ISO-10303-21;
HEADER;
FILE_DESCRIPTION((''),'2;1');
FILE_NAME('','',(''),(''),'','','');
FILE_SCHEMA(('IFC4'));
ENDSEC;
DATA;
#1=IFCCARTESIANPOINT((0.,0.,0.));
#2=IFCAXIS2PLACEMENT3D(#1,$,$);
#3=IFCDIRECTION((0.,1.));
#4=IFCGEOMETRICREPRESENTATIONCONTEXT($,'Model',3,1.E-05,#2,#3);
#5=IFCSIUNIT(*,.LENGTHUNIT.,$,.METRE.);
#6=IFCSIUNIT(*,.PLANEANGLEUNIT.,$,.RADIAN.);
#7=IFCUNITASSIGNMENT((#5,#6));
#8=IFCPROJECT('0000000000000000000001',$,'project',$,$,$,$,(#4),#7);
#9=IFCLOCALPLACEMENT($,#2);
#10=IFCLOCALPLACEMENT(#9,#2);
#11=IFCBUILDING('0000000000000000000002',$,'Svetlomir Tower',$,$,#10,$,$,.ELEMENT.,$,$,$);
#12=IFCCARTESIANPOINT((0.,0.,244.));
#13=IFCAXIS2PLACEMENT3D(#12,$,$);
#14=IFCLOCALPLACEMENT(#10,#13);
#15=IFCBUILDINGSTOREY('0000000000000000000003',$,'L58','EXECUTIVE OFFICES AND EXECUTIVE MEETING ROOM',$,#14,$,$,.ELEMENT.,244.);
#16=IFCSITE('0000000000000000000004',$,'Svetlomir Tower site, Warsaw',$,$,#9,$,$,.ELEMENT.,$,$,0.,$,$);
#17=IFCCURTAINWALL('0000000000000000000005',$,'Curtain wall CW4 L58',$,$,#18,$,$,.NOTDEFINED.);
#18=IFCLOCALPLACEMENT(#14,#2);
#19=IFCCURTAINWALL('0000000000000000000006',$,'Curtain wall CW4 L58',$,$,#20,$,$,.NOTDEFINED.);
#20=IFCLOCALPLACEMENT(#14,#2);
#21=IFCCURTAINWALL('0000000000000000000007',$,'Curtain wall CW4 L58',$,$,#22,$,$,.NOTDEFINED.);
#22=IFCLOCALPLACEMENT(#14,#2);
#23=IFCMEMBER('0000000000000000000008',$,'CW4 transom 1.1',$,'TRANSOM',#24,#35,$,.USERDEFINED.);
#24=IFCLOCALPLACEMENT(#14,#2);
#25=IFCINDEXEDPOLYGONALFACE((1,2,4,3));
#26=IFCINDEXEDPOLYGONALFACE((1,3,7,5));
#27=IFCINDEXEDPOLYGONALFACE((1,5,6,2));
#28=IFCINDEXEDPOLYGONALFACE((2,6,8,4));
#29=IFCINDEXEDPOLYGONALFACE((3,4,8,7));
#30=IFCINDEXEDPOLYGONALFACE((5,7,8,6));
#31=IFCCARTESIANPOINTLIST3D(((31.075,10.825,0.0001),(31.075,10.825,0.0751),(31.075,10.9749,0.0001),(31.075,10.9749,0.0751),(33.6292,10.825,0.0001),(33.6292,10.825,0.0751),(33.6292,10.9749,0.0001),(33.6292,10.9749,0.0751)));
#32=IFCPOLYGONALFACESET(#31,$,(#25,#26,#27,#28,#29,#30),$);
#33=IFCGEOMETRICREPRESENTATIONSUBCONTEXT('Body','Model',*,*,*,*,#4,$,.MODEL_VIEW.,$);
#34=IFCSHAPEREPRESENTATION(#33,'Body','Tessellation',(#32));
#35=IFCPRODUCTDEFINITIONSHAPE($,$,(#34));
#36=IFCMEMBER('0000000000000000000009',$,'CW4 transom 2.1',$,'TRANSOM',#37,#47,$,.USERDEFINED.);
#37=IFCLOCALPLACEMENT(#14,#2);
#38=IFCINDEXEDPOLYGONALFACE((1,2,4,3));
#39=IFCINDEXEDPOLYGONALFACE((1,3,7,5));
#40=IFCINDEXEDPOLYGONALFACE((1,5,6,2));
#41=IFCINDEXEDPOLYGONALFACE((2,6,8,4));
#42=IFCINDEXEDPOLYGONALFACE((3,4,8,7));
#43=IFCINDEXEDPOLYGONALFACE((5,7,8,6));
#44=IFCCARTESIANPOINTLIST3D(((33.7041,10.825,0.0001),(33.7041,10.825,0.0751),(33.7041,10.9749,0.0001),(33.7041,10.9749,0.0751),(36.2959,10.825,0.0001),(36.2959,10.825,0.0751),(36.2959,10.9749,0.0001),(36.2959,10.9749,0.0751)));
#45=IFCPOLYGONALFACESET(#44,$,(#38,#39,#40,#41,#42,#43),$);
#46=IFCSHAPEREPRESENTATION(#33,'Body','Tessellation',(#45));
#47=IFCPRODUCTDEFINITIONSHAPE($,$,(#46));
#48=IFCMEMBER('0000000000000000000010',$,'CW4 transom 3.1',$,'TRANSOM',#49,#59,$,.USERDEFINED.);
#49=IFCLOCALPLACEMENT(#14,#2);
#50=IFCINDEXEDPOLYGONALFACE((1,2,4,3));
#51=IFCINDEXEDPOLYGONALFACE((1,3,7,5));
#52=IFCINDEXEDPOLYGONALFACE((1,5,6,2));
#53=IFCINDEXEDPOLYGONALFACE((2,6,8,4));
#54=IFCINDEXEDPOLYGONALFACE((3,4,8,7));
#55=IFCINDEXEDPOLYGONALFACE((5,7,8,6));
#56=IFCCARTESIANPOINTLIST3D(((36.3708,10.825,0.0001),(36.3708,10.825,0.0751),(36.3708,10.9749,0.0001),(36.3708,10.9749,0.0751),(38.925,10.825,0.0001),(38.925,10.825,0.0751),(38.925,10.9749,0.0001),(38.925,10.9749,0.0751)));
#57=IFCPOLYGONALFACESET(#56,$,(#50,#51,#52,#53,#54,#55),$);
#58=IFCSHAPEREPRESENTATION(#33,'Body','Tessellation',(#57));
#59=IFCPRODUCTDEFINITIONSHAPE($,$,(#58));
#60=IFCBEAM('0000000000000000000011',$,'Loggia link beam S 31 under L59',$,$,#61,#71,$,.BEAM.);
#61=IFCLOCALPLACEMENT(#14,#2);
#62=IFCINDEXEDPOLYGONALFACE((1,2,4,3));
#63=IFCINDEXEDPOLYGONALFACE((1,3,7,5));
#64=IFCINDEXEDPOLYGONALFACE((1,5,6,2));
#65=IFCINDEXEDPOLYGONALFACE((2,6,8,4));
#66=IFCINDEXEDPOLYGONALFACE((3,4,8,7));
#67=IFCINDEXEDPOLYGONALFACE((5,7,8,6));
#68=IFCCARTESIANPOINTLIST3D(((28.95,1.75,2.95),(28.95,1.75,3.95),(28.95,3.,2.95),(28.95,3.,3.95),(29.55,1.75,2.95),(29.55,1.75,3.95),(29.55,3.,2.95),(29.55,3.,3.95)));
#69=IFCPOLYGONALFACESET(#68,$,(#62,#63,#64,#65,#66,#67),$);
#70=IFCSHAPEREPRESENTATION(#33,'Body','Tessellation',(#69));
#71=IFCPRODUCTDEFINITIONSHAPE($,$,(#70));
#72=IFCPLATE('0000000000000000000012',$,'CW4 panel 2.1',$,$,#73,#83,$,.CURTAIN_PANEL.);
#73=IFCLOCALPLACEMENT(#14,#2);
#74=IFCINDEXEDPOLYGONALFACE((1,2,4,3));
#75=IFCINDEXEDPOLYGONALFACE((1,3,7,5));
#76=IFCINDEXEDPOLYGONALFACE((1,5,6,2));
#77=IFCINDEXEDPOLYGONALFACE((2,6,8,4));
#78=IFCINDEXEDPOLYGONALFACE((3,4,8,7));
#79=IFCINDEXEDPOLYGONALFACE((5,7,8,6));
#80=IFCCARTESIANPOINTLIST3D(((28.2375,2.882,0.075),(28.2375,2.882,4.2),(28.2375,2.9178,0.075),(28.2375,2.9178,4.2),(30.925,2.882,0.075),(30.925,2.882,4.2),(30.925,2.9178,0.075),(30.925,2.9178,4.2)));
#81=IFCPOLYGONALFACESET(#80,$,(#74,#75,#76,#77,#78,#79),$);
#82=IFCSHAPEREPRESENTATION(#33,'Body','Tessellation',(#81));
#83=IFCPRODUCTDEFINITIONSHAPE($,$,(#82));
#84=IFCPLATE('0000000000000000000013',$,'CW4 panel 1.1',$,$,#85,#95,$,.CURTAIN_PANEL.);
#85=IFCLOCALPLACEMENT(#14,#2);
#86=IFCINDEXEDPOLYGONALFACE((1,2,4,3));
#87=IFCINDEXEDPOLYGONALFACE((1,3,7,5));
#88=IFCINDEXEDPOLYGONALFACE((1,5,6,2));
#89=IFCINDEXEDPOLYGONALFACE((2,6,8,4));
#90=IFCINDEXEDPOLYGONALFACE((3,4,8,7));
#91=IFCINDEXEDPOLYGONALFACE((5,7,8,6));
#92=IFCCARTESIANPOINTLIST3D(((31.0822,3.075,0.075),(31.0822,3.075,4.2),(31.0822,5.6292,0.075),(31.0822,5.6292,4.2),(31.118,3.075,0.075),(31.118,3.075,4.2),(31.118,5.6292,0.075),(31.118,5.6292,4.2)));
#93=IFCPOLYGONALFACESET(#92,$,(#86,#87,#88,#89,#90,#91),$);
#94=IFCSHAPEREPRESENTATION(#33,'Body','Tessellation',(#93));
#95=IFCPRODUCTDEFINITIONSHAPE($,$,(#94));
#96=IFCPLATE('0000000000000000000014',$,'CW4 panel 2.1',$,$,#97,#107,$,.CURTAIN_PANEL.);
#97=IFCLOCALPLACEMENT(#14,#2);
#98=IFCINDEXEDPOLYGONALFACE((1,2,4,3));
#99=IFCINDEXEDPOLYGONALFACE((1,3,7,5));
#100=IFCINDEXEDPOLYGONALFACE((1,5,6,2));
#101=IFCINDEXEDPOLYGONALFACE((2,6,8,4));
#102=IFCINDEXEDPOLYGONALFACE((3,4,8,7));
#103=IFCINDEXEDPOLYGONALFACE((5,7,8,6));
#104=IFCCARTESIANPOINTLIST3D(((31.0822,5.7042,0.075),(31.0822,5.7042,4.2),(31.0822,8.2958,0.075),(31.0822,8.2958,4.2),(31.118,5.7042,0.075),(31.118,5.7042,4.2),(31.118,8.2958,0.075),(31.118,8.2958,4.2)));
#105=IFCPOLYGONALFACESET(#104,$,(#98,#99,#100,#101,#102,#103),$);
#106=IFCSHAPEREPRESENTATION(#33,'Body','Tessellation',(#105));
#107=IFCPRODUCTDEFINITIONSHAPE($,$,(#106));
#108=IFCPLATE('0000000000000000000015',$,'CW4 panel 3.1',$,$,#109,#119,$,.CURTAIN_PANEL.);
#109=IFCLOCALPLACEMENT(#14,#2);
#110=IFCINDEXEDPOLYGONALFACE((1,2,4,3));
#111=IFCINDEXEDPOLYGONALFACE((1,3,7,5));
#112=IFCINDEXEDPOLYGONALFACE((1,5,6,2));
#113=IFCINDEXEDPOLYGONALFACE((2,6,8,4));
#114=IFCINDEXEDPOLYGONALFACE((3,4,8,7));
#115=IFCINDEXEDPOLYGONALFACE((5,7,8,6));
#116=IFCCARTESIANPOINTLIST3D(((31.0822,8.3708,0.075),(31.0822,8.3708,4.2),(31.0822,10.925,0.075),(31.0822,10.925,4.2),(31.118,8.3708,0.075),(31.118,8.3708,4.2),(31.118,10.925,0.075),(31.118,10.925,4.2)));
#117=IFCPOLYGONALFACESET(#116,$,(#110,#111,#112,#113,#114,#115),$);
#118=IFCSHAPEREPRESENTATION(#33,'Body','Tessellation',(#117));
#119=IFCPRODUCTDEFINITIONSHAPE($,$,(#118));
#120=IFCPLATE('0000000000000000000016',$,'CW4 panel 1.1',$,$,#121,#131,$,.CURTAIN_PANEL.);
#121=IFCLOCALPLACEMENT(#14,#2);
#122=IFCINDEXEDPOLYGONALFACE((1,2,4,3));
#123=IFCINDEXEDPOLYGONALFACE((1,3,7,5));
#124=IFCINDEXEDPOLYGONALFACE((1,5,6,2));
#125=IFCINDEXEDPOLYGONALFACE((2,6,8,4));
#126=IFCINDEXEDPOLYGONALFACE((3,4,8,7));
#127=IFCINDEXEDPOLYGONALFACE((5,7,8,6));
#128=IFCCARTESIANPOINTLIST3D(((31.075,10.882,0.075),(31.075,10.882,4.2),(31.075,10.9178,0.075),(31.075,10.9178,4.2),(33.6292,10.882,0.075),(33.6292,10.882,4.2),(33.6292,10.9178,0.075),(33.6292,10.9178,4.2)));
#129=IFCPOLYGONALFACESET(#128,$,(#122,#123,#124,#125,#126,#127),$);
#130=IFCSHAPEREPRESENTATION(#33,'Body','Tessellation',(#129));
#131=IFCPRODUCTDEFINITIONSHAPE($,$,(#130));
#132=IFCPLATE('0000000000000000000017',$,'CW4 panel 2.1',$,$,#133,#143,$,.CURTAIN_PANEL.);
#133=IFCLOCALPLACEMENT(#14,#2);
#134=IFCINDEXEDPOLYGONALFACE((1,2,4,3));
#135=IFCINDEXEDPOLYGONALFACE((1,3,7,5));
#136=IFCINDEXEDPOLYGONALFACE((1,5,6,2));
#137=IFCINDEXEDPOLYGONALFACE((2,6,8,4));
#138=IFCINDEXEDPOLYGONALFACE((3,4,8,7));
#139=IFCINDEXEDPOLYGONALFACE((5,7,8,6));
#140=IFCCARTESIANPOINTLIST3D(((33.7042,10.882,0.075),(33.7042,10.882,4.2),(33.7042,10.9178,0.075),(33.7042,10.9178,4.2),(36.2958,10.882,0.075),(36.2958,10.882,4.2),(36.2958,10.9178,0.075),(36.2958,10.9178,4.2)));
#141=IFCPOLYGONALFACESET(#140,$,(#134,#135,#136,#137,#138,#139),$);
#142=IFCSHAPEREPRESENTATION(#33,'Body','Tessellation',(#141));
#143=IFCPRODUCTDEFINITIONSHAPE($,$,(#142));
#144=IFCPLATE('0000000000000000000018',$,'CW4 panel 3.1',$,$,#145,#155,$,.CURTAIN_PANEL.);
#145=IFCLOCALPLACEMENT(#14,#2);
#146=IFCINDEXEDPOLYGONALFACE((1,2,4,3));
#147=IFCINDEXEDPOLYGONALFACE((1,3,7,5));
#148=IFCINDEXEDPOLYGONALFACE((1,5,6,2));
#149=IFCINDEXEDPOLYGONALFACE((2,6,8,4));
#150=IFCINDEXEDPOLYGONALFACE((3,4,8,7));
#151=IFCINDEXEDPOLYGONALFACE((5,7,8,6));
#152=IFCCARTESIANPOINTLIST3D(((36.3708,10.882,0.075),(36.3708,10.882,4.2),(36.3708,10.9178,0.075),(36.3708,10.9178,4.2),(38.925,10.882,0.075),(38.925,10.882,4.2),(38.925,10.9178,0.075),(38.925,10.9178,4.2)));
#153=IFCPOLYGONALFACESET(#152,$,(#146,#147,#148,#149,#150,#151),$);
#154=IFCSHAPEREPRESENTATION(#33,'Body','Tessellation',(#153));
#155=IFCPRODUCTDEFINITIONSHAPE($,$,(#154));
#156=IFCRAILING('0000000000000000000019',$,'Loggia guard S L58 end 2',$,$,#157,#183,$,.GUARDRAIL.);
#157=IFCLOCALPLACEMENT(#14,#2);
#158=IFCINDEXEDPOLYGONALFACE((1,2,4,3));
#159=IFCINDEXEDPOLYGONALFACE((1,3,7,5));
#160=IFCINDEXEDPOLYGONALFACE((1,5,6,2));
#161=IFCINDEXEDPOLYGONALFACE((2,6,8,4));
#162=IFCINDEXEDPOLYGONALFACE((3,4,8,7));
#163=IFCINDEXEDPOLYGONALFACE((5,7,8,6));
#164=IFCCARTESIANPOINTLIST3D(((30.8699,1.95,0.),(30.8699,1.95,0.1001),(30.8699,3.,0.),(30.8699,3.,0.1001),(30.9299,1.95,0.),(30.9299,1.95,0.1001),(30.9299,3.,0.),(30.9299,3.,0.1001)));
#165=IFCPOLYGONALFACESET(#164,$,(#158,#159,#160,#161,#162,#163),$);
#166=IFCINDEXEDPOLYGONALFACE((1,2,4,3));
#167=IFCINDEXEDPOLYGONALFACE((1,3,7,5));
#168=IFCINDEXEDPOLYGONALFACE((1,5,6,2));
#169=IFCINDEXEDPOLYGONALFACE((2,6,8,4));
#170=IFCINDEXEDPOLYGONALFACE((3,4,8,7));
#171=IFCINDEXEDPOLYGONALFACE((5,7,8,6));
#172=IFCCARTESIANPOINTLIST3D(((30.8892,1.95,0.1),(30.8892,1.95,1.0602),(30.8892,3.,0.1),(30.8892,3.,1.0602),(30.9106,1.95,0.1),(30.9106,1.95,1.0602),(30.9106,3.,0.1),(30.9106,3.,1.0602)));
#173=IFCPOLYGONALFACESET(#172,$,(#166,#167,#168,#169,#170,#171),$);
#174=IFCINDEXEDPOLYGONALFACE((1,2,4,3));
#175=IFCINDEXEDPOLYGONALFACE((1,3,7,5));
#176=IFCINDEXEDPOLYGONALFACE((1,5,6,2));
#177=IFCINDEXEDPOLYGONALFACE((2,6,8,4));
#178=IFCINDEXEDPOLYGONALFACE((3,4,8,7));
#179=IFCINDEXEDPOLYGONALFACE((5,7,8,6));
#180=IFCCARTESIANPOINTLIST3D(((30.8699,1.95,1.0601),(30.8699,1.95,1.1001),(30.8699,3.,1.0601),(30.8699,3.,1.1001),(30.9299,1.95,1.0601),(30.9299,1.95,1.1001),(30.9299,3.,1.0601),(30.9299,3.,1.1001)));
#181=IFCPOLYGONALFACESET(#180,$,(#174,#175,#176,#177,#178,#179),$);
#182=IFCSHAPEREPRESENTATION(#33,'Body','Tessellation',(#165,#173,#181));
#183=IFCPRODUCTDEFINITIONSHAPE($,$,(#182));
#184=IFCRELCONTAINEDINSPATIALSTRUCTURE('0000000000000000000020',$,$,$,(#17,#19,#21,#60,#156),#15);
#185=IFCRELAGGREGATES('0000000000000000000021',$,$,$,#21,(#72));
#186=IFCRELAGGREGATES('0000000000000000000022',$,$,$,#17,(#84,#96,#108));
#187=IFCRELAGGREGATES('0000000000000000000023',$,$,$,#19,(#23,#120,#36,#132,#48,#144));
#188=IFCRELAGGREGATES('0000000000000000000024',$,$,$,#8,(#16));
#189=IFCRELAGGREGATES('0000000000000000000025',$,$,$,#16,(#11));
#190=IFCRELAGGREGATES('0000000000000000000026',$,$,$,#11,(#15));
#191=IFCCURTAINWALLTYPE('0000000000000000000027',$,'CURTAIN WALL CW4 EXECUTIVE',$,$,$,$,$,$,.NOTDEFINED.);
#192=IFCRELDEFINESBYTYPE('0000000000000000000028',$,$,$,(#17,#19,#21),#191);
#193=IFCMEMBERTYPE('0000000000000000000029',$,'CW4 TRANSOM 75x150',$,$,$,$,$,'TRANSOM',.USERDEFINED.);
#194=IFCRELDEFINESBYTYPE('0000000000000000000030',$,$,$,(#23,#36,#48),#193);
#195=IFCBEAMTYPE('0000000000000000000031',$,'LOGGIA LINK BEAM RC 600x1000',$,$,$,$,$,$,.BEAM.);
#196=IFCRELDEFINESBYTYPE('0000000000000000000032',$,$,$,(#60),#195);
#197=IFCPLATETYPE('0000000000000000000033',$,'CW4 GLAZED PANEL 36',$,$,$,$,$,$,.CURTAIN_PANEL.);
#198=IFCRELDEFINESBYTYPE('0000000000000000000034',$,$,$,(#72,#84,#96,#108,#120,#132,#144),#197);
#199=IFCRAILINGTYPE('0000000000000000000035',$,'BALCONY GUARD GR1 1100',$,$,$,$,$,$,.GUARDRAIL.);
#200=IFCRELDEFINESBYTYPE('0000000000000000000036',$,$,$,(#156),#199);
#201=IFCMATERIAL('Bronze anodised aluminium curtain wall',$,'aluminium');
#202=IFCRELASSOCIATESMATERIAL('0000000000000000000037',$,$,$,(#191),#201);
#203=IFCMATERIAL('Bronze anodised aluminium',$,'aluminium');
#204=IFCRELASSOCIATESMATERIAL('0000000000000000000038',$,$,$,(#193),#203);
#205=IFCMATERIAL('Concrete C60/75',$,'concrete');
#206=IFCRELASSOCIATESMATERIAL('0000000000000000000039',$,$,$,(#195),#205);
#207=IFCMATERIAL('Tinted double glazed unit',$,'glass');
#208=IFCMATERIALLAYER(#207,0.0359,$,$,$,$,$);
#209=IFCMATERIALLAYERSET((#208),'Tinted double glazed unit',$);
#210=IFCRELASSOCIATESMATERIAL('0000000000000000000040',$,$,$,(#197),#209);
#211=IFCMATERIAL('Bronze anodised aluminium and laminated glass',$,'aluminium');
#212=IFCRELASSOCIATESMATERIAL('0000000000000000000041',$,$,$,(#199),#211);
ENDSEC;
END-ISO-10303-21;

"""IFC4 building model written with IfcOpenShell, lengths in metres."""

from ifc_helpers import new_model, si_unit, direction, frame, origin, origin_2d, place, context, subcontext, project, spatial, rectangle, extrude, material, layer, layer_set, material_profile, profile_set, type_object, element, aggregate, save


model = new_model("IFC4")

# Units and contexts
model_context = context("Model", 3, precision=1e-05, world=origin(), true_north=direction((0.0, 1.0)))
body_context = subcontext(model_context, "Body", "Model", "MODEL_VIEW")
ifc_project = project(units=[si_unit("LENGTHUNIT", "METRE"), si_unit("PLANEANGLEUNIT", "RADIAN")], contexts=[model_context])

# Site, building, storey
site_placement = place(None, origin())
site = spatial("IfcSite", under=ifc_project, at=site_placement, Name="Svetlomir Tower site, Warsaw", CompositionType="ELEMENT", RefElevation=0.0)
building_placement = place(site_placement, origin())
building = spatial("IfcBuilding", under=site, at=building_placement, Name="Svetlomir Tower", CompositionType="ELEMENT")
storey_placement = place(building_placement, frame((0.0, 0.0, 244.0)))
storey = spatial("IfcBuildingStorey", under=building, at=storey_placement, Name="L58", Description="EXECUTIVE OFFICES AND EXECUTIVE MEETING ROOM", CompositionType="ELEMENT", Elevation=244.0)

# Curtain walls
ifc_material_1 = material(Name="Bronze anodised aluminium curtain wall", Category="aluminium")
curtain_wall_type = type_object("IfcCurtainWallType", Name="CURTAIN WALL CW4 EXECUTIVE", PredefinedType="NOTDEFINED", material=ifc_material_1)
curtain_wall_1_placement = place(storey_placement, origin())
curtain_wall_1 = element("IfcCurtainWall", 1, at=curtain_wall_1_placement, inside=storey, type_object=curtain_wall_type, Name="Curtain wall CW4 L58", PredefinedType="NOTDEFINED")
curtain_wall_2_placement = place(storey_placement, origin())
curtain_wall_2 = element("IfcCurtainWall", 2, at=curtain_wall_2_placement, inside=storey, type_object=curtain_wall_type, Name="Curtain wall CW4 L58", PredefinedType="NOTDEFINED")
curtain_wall_3_placement = place(storey_placement, origin())
curtain_wall_3 = element("IfcCurtainWall", 3, at=curtain_wall_3_placement, inside=storey, type_object=curtain_wall_type, Name="Curtain wall CW4 L58", PredefinedType="NOTDEFINED")

# Members
ifc_material_2 = material(Name="Bronze anodised aluminium", Category="aluminium")
ifc_material_profile_1 = material_profile(ifc_material_2, rectangle(XDim=0.1499, YDim=0.075, at=origin_2d()), Name="AL 150x75")
ifc_profile_set_1 = profile_set([ifc_material_profile_1], Name="Bronze anodised aluminium 6063-T6")
member_type_1 = type_object("IfcMemberType", Name="CW4 TRANSOM 75x150", ElementType="TRANSOM", PredefinedType="USERDEFINED", material=ifc_profile_set_1)
member_1_placement = place(storey_placement, frame((31.075, 10.8999, 0.0376), z_axis=(1.0, 0.0, 0.0), x_axis=(0.0, 1.0, 0.0)))
member_1 = element("IfcMember", 4, at=member_1_placement, type_object=member_type_1, Name="CW4 transom 1.1", ObjectType="TRANSOM", PredefinedType="USERDEFINED", context=body_context, shape_type="SweptSolid", body=[
    extrude(rectangle(XDim=0.1499, YDim=0.075, at=origin_2d()), origin(), (0.0, 0.0, 1.0), 2.5542),
])
member_2_placement = place(storey_placement, frame((33.7041, 10.8999, 0.0376), z_axis=(1.0, 0.0, 0.0), x_axis=(0.0, 1.0, 0.0)))
member_2 = element("IfcMember", 5, at=member_2_placement, type_object=member_type_1, Name="CW4 transom 2.1", ObjectType="TRANSOM", PredefinedType="USERDEFINED", context=body_context, shape_type="SweptSolid", body=[
    extrude(rectangle(XDim=0.1499, YDim=0.075, at=origin_2d()), origin(), (0.0, 0.0, 1.0), 2.5918),
])
member_3_placement = place(storey_placement, frame((36.3708, 10.8999, 0.0376), z_axis=(1.0, 0.0, 0.0), x_axis=(0.0, 1.0, 0.0)))
member_3 = element("IfcMember", 6, at=member_3_placement, type_object=member_type_1, Name="CW4 transom 3.1", ObjectType="TRANSOM", PredefinedType="USERDEFINED", context=body_context, shape_type="SweptSolid", body=[
    extrude(rectangle(XDim=0.1499, YDim=0.075, at=origin_2d()), origin(), (0.0, 0.0, 1.0), 2.5542),
])

# Beam
ifc_material_3 = material(Name="Concrete C60/75", Category="concrete")
ifc_material_profile_2 = material_profile(ifc_material_3, rectangle(XDim=0.6001, YDim=1.0, at=origin_2d()), Name="RC 600x1000")
ifc_profile_set_2 = profile_set([ifc_material_profile_2], Name="Concrete C60/75")
beam_type = type_object("IfcBeamType", Name="LOGGIA LINK BEAM RC 600x1000", PredefinedType="BEAM", material=ifc_profile_set_2)
beam_placement = place(storey_placement, frame((29.25, 1.75, 3.45), z_axis=(0.0, 1.0, 0.0), x_axis=(-1.0, 0.0, 0.0)))
element("IfcBeam", 7, at=beam_placement, inside=storey, type_object=beam_type, Name="Loggia link beam S 31 under L59", PredefinedType="BEAM", context=body_context, shape_type="SweptSolid", body=[
    extrude(rectangle(XDim=0.6001, YDim=1.0, at=origin_2d()), origin(), (0.0, 0.0, 1.0), 1.25),
])

# Plates
ifc_material_4 = material(Name="Tinted double glazed unit", Category="glass")
ifc_layer = layer(ifc_material_4, 0.0359)
ifc_layer_set = layer_set([ifc_layer], Name="Tinted double glazed unit")
plate_type = type_object("IfcPlateType", Name="CW4 GLAZED PANEL 36", PredefinedType="CURTAIN_PANEL", material=ifc_layer_set)
plate_1_placement = place(storey_placement, frame((29.5813, 2.8999, 0.075), z_axis=(0.0, 0.0, 1.0), x_axis=(1.0, 0.0, 0.0)))
plate_1 = element("IfcPlate", 8, at=plate_1_placement, type_object=plate_type, Name="CW4 panel 2.1", PredefinedType="CURTAIN_PANEL", context=body_context, shape_type="SweptSolid", body=[
    extrude(rectangle(XDim=2.6875, YDim=0.0359, at=origin_2d()), origin(), (0.0, 0.0, 1.0), 4.125),
])
aggregate(curtain_wall_3, [plate_1])
plate_2_placement = place(storey_placement, frame((31.1001, 4.3521, 0.075), z_axis=(0.0, 0.0, 1.0), x_axis=(0.0, 1.0, 0.0)))
plate_2 = element("IfcPlate", 9, at=plate_2_placement, type_object=plate_type, Name="CW4 panel 1.1", PredefinedType="CURTAIN_PANEL", context=body_context, shape_type="SweptSolid", body=[
    extrude(rectangle(XDim=2.5542, YDim=0.0359, at=origin_2d()), origin(), (0.0, 0.0, 1.0), 4.125),
])
plate_3_placement = place(storey_placement, frame((31.1001, 7.0, 0.075), z_axis=(0.0, 0.0, 1.0), x_axis=(0.0, 1.0, 0.0)))
plate_3 = element("IfcPlate", 10, at=plate_3_placement, type_object=plate_type, Name="CW4 panel 2.1", PredefinedType="CURTAIN_PANEL", context=body_context, shape_type="SweptSolid", body=[
    extrude(rectangle(XDim=2.5916, YDim=0.0359, at=origin_2d()), origin(), (0.0, 0.0, 1.0), 4.125),
])
plate_4_placement = place(storey_placement, frame((31.1001, 9.6479, 0.075), z_axis=(0.0, 0.0, 1.0), x_axis=(0.0, 1.0, 0.0)))
plate_4 = element("IfcPlate", 11, at=plate_4_placement, type_object=plate_type, Name="CW4 panel 3.1", PredefinedType="CURTAIN_PANEL", context=body_context, shape_type="SweptSolid", body=[
    extrude(rectangle(XDim=2.5542, YDim=0.0359, at=origin_2d()), origin(), (0.0, 0.0, 1.0), 4.125),
])
aggregate(curtain_wall_1, [plate_2, plate_3, plate_4])
plate_5_placement = place(storey_placement, frame((32.3521, 10.8999, 0.075), z_axis=(0.0, 0.0, 1.0), x_axis=(1.0, 0.0, 0.0)))
plate_5 = element("IfcPlate", 12, at=plate_5_placement, type_object=plate_type, Name="CW4 panel 1.1", PredefinedType="CURTAIN_PANEL", context=body_context, shape_type="SweptSolid", body=[
    extrude(rectangle(XDim=2.5542, YDim=0.0359, at=origin_2d()), origin(), (0.0, 0.0, 1.0), 4.125),
])
plate_6_placement = place(storey_placement, frame((35.0, 10.8999, 0.075), z_axis=(0.0, 0.0, 1.0), x_axis=(1.0, 0.0, 0.0)))
plate_6 = element("IfcPlate", 13, at=plate_6_placement, type_object=plate_type, Name="CW4 panel 2.1", PredefinedType="CURTAIN_PANEL", context=body_context, shape_type="SweptSolid", body=[
    extrude(rectangle(XDim=2.5916, YDim=0.0359, at=origin_2d()), origin(), (0.0, 0.0, 1.0), 4.125),
])
plate_7_placement = place(storey_placement, frame((37.6479, 10.8999, 0.075), z_axis=(0.0, 0.0, 1.0), x_axis=(1.0, 0.0, 0.0)))
plate_7 = element("IfcPlate", 14, at=plate_7_placement, type_object=plate_type, Name="CW4 panel 3.1", PredefinedType="CURTAIN_PANEL", context=body_context, shape_type="SweptSolid", body=[
    extrude(rectangle(XDim=2.5542, YDim=0.0359, at=origin_2d()), origin(), (0.0, 0.0, 1.0), 4.125),
])
aggregate(curtain_wall_2, [member_1, plate_5, member_2, plate_6, member_3, plate_7])

# Railing
ifc_material_5 = material(Name="Bronze anodised aluminium and laminated glass", Category="aluminium")
railing_type = type_object("IfcRailingType", Name="BALCONY GUARD GR1 1100", PredefinedType="GUARDRAIL", material=ifc_material_5)
railing_placement = place(storey_placement, frame((30.8999, 1.95, 0.0)))
element("IfcRailing", 15, at=railing_placement, inside=storey, type_object=railing_type, Name="Loggia guard S L58 end 2", PredefinedType="GUARDRAIL", context=body_context, shape_type="SweptSolid", body=[
    extrude(rectangle(XDim=0.0601, YDim=0.1001, at=origin_2d()), frame((0.0, 0.0, 0.05), z_axis=(0.0, 1.0, 0.0), x_axis=(-1.0, 0.0, 0.0)), (0.0, 0.0, 1.0), 1.05),
    extrude(rectangle(XDim=0.0215, YDim=0.9602, at=origin_2d()), frame((0.0, 0.0, 0.5801), z_axis=(0.0, 1.0, 0.0), x_axis=(-1.0, 0.0, 0.0)), (0.0, 0.0, 1.0), 1.05),
    extrude(rectangle(XDim=0.0601, YDim=0.04, at=origin_2d()), frame((0.0, 0.0, 1.0801), z_axis=(0.0, 1.0, 0.0), x_axis=(-1.0, 0.0, 0.0)), (0.0, 0.0, 1.0), 1.05),
])

save(model, "model.ifc")
